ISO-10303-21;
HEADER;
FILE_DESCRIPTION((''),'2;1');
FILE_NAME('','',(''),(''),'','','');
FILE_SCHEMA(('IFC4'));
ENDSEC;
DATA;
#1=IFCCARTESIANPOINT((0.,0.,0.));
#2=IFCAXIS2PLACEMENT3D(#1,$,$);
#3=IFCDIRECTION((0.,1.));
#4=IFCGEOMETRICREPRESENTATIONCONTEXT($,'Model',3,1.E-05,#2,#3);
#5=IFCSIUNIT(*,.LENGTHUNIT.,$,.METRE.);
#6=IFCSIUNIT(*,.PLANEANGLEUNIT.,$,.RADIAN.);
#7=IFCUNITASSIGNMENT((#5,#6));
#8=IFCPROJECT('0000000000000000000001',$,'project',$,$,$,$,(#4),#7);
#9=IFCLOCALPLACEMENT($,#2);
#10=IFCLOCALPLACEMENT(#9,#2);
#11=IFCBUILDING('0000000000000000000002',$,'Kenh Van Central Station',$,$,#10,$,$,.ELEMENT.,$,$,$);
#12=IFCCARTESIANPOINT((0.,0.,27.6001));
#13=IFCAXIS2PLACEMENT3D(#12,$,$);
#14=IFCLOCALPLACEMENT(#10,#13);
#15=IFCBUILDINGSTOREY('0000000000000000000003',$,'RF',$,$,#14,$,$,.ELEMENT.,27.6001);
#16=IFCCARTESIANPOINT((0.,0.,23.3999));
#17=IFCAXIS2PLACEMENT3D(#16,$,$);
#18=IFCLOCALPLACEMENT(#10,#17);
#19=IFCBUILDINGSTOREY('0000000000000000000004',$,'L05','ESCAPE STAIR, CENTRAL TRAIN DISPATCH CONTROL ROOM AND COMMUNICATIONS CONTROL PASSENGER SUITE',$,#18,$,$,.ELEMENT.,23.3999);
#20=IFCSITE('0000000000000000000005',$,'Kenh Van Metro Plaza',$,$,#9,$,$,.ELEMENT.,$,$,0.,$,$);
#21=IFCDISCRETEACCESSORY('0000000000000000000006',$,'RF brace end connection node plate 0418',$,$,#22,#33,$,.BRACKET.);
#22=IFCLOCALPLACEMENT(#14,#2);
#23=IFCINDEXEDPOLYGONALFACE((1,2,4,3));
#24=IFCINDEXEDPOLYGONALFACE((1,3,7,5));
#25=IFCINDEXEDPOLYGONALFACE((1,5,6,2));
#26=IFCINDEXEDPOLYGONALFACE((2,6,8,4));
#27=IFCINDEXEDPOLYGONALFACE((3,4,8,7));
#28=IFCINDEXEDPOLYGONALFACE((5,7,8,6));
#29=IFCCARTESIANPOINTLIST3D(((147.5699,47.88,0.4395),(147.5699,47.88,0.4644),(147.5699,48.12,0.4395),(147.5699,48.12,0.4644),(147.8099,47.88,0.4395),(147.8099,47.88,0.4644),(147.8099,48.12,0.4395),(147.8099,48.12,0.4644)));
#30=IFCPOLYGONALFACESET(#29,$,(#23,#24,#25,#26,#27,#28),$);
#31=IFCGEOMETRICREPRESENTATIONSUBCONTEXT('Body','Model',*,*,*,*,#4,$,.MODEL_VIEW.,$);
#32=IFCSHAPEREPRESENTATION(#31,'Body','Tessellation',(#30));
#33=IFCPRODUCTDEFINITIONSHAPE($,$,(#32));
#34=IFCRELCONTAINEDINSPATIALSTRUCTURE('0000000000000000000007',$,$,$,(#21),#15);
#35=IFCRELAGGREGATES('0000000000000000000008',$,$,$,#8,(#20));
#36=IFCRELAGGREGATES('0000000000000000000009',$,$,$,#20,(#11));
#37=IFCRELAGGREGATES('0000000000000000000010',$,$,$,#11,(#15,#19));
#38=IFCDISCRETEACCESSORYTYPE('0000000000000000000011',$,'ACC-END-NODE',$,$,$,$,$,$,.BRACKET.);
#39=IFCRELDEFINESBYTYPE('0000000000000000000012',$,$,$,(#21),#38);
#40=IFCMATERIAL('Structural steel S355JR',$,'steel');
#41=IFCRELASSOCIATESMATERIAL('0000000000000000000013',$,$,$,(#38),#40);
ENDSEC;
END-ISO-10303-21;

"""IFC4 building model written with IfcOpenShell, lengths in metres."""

from ifc_helpers import new_model, si_unit, direction, frame, origin, origin_2d, place, context, subcontext, project, spatial, rectangle, extrude, material, type_object, element, save


model = new_model("IFC4")

# Units and contexts
model_context = context("Model", 3, precision=1e-05, world=origin(), true_north=direction((0.0, 1.0)))
body_context = subcontext(model_context, "Body", "Model", "MODEL_VIEW")
ifc_project = project(units=[si_unit("LENGTHUNIT", "METRE"), si_unit("PLANEANGLEUNIT", "RADIAN")], contexts=[model_context])

# Site, building, storey
site_placement = place(None, origin())
site = spatial("IfcSite", under=ifc_project, at=site_placement, Name="Kenh Van Metro Plaza", CompositionType="ELEMENT", RefElevation=0.0)
building_placement = place(site_placement, origin())
building = spatial("IfcBuilding", under=site, at=building_placement, Name="Kenh Van Central Station", CompositionType="ELEMENT")
storey_1_placement = place(building_placement, frame((0.0, 0.0, 27.6001)))
storey_1 = spatial("IfcBuildingStorey", under=building, at=storey_1_placement, Name="RF", CompositionType="ELEMENT", Elevation=27.6001)

# Shared definitions
storey_2_placement = place(building_placement, frame((0.0, 0.0, 23.3999)))
storey_2 = spatial("IfcBuildingStorey", under=building, at=storey_2_placement, Name="L05", Description="ESCAPE STAIR, CENTRAL TRAIN DISPATCH CONTROL ROOM AND COMMUNICATIONS CONTROL PASSENGER SUITE", CompositionType="ELEMENT", Elevation=23.3999)

# Discrete accessory
ifc_material_1 = material(Name="Structural steel S355JR", Category="steel")
discrete_accessory_type = type_object("IfcDiscreteAccessoryType", Name="ACC-END-NODE", PredefinedType="BRACKET", material=ifc_material_1)
discrete_accessory_placement = place(storey_1_placement, frame((147.6899, 48.0, 0.4395), z_axis=(0.0, 0.0, 1.0), x_axis=(1.0, 0.0, 0.0)))
element("IfcDiscreteAccessory", 1, at=discrete_accessory_placement, inside=storey_1, type_object=discrete_accessory_type, Name="RF brace end connection node plate 0418", PredefinedType="BRACKET", context=body_context, shape_type="SweptSolid", body=[
    extrude(rectangle(XDim=0.24, YDim=0.24, at=origin_2d()), origin(), (0.0, 0.0, 1.0), 0.0249),
])

save(model, "model.ifc")
